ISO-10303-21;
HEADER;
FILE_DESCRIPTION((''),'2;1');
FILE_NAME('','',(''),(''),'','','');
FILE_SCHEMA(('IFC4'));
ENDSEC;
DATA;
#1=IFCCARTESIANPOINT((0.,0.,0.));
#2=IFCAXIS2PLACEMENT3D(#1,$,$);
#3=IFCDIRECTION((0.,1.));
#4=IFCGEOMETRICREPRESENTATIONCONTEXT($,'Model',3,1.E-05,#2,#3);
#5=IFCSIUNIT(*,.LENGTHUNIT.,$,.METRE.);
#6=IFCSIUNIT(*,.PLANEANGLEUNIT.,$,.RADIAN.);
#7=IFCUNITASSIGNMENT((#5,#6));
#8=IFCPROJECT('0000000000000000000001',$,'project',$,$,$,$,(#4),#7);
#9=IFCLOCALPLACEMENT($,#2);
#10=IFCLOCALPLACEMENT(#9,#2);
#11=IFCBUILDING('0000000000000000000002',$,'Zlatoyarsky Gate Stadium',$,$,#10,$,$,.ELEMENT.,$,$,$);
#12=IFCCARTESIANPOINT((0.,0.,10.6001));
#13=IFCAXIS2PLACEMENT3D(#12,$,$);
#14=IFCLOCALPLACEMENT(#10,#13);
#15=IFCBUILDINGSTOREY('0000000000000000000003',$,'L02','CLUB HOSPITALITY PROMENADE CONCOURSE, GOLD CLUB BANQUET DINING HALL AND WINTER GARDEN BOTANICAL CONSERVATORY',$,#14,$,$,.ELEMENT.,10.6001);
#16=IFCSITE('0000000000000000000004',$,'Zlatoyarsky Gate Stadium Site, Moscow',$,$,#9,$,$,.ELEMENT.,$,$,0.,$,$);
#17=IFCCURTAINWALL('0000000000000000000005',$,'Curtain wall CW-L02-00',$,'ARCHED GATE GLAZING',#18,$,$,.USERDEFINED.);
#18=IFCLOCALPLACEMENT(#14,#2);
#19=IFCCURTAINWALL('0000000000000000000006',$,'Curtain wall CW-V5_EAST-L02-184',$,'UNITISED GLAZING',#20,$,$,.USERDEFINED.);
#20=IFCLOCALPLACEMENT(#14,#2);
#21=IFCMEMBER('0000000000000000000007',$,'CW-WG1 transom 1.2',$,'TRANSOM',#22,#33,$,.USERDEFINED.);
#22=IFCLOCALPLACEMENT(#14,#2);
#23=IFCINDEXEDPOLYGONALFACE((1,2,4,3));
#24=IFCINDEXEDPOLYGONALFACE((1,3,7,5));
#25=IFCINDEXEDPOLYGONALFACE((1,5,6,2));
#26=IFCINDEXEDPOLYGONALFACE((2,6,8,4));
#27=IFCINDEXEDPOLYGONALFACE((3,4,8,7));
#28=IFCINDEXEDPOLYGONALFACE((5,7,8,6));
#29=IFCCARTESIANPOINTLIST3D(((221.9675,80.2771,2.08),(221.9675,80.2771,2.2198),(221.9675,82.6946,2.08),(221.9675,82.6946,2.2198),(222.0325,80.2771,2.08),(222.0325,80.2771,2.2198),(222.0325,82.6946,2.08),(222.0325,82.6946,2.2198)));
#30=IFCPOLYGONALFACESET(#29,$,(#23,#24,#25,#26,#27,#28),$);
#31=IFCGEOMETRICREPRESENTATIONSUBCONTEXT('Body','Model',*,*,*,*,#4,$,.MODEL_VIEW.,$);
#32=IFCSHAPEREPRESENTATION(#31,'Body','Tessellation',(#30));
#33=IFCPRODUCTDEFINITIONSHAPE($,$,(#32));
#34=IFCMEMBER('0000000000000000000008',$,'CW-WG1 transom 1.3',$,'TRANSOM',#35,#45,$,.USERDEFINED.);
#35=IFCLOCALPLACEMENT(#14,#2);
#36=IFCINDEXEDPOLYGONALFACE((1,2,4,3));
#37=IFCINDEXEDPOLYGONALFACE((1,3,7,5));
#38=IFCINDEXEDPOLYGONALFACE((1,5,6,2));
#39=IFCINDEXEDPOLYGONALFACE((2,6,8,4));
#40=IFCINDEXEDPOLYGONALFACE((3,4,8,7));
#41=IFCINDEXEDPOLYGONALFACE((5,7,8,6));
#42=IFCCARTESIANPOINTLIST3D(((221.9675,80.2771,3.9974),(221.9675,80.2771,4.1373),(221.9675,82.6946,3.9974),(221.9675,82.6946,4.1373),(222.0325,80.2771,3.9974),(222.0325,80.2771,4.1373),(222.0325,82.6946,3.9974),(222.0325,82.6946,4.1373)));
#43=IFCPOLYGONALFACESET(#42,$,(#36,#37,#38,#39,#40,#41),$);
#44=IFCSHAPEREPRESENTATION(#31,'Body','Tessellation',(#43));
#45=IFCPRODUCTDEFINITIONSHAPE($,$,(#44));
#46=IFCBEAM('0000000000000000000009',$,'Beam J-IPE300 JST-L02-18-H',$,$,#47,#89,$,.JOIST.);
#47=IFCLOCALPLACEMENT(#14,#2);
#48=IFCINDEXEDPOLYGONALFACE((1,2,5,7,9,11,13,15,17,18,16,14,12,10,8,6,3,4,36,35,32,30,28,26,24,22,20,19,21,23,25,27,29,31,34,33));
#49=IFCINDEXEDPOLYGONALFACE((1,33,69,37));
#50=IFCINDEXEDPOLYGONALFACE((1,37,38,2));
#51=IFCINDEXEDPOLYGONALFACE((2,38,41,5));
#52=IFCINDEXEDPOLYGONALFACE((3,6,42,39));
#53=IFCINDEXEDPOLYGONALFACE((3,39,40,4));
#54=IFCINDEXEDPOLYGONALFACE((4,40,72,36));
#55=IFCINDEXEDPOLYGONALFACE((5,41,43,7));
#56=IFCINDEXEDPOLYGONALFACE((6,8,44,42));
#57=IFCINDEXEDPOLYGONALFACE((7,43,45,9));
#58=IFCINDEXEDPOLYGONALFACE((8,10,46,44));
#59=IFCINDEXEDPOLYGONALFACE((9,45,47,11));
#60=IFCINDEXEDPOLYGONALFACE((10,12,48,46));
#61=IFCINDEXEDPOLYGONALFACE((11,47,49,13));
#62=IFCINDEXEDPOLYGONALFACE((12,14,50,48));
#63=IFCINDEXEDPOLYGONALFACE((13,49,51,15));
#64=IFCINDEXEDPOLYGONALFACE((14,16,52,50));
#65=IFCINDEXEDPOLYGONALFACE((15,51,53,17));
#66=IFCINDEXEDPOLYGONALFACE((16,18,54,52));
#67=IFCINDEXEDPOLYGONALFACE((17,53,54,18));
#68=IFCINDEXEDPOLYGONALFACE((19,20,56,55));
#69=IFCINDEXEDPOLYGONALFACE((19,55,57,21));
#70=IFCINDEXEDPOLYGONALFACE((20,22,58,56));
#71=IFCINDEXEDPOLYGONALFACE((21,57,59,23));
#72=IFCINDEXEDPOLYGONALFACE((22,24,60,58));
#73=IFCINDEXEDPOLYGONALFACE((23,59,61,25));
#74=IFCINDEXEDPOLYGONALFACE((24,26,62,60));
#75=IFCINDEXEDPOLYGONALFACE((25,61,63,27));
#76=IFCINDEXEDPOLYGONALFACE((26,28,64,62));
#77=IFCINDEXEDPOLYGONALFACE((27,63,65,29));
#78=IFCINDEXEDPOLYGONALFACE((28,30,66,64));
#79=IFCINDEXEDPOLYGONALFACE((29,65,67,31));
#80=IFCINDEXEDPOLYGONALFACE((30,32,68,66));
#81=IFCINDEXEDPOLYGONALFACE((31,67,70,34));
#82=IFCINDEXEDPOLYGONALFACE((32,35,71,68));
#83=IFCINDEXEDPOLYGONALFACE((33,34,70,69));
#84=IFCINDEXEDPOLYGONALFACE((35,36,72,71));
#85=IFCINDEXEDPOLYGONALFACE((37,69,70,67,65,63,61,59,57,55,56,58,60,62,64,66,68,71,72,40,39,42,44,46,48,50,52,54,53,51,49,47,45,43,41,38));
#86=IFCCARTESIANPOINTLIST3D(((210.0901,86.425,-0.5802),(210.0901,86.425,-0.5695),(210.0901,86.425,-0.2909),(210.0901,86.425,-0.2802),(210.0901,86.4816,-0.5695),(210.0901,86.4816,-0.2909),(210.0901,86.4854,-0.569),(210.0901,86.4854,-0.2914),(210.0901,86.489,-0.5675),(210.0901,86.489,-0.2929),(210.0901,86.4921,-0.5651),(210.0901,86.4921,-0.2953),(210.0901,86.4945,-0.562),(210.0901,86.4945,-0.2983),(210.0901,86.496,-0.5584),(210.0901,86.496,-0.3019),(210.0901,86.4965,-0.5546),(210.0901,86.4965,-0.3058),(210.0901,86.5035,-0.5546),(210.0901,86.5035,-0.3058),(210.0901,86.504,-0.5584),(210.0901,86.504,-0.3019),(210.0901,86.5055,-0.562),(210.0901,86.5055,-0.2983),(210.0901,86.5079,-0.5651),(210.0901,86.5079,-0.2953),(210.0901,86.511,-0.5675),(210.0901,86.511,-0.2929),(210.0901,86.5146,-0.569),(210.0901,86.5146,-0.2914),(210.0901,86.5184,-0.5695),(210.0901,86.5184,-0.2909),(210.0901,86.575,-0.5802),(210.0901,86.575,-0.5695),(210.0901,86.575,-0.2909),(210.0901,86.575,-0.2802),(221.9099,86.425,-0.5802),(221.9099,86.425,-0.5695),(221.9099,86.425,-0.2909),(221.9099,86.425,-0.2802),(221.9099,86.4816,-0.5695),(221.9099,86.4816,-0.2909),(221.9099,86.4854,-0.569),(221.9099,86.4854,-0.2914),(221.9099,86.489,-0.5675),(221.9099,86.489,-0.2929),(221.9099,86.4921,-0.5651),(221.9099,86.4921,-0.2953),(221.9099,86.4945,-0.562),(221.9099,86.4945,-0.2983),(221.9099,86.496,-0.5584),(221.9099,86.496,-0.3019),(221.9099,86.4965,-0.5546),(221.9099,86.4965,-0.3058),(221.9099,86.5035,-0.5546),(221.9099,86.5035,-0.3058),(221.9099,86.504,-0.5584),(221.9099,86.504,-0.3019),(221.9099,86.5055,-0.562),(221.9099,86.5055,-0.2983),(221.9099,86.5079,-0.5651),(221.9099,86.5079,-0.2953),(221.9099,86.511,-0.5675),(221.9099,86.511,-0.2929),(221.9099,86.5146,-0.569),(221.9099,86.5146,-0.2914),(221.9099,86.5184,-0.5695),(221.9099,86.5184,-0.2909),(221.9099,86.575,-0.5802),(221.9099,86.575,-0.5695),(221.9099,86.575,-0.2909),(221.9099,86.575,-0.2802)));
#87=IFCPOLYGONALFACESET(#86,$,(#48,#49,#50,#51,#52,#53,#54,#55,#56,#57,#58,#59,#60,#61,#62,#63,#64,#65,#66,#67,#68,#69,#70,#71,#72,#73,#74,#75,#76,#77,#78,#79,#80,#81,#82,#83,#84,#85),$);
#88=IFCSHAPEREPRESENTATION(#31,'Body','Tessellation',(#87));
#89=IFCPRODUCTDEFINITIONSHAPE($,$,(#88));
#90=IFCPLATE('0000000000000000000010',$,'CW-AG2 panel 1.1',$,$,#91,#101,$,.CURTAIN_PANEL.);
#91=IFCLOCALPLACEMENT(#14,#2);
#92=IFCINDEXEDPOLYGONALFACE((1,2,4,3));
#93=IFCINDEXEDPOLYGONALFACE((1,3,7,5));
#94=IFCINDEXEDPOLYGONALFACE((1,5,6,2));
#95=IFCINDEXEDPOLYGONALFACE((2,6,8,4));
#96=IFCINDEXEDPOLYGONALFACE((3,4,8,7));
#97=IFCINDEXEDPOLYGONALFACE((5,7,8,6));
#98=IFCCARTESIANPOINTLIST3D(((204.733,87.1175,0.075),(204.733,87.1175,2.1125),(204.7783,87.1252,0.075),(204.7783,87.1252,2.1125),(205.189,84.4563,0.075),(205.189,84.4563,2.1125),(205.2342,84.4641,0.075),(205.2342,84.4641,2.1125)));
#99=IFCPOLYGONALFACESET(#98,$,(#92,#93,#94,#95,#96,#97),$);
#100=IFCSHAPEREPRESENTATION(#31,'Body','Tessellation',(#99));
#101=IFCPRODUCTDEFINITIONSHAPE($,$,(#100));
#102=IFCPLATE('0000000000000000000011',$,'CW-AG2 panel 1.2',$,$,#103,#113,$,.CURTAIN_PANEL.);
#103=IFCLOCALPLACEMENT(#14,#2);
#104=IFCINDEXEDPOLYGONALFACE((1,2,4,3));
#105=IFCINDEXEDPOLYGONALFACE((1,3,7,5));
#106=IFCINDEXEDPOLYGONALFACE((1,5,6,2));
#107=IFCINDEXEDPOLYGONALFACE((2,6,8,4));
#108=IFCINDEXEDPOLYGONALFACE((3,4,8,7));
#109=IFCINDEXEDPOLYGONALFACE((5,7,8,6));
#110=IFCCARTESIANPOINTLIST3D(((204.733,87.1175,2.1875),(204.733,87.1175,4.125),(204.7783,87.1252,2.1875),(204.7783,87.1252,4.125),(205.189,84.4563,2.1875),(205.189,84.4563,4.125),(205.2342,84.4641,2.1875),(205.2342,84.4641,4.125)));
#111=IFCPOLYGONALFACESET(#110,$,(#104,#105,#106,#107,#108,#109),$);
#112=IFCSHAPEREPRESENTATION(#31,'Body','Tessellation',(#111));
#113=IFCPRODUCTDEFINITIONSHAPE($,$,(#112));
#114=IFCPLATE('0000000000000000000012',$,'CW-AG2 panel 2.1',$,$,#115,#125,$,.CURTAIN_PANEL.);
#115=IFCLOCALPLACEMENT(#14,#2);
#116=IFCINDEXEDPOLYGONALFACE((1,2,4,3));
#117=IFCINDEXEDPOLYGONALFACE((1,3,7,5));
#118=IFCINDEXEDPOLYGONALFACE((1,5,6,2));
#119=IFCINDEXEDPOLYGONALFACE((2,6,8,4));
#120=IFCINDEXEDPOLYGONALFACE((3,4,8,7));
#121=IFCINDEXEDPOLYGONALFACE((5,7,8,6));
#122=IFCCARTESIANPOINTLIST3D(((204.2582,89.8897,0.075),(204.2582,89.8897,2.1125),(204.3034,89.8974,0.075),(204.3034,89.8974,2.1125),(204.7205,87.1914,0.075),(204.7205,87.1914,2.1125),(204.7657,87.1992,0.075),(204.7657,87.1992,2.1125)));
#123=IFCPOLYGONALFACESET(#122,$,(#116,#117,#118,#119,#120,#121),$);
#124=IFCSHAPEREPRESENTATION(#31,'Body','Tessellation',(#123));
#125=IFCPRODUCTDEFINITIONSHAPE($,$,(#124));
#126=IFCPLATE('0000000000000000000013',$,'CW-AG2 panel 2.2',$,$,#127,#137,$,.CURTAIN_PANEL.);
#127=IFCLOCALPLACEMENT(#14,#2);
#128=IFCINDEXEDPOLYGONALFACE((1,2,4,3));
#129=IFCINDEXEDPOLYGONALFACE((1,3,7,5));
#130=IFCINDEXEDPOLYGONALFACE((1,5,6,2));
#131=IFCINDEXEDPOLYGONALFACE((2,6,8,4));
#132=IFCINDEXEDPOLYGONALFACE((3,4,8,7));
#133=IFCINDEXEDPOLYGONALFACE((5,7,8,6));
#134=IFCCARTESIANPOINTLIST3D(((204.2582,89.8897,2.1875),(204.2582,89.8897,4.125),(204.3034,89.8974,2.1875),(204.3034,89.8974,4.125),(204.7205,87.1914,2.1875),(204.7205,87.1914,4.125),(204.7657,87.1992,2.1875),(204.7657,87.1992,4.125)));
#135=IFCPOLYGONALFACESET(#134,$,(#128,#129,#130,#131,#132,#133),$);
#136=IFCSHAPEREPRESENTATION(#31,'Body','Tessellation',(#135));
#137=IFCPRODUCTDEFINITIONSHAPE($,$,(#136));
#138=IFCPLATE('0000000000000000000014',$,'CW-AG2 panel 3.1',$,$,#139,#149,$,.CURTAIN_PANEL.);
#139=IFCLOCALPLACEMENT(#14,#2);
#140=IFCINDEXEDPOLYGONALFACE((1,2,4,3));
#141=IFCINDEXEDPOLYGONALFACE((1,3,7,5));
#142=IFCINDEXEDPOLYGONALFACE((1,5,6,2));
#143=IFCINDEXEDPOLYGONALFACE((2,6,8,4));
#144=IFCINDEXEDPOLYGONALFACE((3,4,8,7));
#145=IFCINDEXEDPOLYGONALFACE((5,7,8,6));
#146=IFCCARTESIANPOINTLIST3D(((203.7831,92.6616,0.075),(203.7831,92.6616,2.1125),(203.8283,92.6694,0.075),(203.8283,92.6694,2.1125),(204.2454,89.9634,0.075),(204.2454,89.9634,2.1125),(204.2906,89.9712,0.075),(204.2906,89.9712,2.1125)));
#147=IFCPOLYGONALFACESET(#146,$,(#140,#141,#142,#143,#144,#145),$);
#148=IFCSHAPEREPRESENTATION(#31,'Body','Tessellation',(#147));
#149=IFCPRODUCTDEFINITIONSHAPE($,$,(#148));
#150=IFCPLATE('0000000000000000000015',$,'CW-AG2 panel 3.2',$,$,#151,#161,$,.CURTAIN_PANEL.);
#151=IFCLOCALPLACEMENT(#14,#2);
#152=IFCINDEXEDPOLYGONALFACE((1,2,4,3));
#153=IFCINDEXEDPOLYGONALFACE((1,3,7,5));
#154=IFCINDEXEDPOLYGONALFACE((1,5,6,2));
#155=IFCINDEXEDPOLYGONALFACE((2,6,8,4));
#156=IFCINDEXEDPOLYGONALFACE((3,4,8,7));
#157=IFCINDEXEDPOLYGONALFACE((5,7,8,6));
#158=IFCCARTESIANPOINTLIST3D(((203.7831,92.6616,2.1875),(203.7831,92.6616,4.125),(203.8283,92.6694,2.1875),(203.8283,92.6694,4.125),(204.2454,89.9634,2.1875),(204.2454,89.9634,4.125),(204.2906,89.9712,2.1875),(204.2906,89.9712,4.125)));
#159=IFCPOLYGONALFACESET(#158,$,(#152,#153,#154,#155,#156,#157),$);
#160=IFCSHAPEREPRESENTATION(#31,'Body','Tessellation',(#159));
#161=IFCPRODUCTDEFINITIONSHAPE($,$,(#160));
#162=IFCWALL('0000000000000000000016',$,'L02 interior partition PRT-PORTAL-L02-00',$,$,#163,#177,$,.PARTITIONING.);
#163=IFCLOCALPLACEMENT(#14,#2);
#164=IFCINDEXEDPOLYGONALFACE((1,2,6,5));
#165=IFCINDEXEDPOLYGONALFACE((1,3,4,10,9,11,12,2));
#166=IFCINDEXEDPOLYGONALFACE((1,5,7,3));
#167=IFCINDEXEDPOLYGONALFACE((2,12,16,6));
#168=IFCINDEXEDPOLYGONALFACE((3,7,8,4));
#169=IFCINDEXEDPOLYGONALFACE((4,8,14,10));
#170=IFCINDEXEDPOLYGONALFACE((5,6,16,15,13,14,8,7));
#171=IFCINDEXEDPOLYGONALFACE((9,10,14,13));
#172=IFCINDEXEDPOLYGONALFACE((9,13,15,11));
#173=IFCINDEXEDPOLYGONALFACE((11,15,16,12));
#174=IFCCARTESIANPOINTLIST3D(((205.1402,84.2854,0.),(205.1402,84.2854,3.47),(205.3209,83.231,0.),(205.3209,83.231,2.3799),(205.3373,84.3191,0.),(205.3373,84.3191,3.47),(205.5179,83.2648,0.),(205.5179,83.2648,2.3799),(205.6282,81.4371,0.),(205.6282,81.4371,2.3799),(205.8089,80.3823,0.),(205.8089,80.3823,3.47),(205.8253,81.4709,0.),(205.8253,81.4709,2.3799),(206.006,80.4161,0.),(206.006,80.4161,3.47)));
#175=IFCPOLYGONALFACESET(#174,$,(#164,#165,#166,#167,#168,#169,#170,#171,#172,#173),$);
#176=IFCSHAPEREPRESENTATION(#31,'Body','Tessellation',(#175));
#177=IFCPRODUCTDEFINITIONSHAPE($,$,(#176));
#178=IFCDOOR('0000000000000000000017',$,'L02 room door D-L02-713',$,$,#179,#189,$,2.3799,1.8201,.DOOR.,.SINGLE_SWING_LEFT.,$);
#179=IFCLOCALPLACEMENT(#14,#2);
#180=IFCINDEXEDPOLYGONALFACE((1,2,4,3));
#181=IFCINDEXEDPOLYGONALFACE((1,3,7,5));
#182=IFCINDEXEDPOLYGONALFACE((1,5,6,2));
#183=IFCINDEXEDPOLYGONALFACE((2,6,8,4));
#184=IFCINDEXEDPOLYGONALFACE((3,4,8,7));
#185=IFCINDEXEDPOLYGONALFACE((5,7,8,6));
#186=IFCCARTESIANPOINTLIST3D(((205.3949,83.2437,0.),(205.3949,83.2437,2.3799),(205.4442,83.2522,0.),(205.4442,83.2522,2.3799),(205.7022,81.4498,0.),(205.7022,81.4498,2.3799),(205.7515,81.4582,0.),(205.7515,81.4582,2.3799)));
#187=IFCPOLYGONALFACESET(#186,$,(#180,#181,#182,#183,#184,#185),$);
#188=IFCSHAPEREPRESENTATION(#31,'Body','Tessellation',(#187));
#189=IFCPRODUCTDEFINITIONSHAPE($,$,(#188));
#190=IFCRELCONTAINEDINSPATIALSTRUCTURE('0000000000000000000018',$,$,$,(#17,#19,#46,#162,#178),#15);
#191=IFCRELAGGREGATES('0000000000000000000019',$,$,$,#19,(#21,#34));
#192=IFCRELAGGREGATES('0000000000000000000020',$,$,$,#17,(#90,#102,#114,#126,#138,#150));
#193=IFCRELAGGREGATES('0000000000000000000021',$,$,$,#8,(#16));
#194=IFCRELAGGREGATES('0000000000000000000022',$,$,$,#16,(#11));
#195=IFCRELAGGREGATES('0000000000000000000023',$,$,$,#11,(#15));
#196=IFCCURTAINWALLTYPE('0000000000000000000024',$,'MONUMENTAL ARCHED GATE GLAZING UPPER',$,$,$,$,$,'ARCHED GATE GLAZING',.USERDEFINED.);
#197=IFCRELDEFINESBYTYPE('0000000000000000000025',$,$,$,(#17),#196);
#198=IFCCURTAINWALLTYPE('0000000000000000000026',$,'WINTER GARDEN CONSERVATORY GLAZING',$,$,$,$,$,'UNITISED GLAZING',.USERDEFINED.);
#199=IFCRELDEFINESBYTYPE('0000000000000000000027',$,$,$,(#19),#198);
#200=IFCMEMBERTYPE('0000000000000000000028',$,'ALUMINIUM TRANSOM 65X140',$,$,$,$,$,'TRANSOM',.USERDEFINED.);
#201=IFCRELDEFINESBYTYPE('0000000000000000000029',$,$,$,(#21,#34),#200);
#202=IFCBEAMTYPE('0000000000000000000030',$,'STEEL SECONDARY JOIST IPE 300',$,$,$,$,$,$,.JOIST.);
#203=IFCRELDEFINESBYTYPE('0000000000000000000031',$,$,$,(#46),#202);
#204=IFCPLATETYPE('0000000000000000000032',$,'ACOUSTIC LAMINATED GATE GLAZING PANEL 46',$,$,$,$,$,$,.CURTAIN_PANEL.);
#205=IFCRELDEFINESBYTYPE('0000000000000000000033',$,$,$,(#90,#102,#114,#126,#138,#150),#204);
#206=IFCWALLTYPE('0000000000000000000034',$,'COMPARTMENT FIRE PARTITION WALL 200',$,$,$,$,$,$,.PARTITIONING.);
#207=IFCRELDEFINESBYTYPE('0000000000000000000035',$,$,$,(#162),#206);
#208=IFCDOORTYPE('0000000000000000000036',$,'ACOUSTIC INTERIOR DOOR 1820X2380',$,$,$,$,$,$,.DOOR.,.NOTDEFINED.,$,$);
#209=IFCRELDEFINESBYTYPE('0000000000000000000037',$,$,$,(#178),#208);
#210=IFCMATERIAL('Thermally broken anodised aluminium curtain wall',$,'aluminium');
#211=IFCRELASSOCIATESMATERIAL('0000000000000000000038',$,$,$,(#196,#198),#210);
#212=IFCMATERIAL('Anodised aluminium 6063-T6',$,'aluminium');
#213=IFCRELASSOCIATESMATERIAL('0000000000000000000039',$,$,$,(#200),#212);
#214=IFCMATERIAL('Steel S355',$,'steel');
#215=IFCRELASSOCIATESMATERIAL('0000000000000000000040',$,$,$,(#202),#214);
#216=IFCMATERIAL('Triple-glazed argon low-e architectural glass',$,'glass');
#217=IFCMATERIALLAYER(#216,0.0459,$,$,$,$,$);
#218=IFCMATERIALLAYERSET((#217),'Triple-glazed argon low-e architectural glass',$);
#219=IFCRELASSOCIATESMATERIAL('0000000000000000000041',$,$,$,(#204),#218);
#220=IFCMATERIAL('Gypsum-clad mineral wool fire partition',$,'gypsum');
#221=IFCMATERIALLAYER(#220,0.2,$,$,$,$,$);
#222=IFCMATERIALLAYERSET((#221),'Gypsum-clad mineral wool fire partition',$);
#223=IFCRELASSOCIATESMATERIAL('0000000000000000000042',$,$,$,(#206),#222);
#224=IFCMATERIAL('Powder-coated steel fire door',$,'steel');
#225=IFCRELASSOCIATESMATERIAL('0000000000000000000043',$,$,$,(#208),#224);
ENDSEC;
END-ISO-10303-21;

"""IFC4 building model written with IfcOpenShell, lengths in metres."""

from ifc_helpers import new_model, si_unit, direction, frame, frame_2d, origin, origin_2d, place, context, subcontext, project, spatial, rectangle, i_section, extrude, material, layer, layer_set, material_profile, profile_set, type_object, element, fill, aggregate, save


model = new_model("IFC4")

# Units and contexts
model_context = context("Model", 3, precision=1e-05, world=origin(), true_north=direction((0.0, 1.0)))
body_context = subcontext(model_context, "Body", "Model", "MODEL_VIEW")
ifc_project = project(units=[si_unit("LENGTHUNIT", "METRE"), si_unit("PLANEANGLEUNIT", "RADIAN")], contexts=[model_context])

# Site, building, storey
site_placement = place(None, origin())
site = spatial("IfcSite", under=ifc_project, at=site_placement, Name="Zlatoyarsky Gate Stadium Site, Moscow", CompositionType="ELEMENT", RefElevation=0.0)
building_placement = place(site_placement, origin())
building = spatial("IfcBuilding", under=site, at=building_placement, Name="Zlatoyarsky Gate Stadium", CompositionType="ELEMENT")
storey_placement = place(building_placement, frame((0.0, 0.0, 10.6001)))
storey = spatial("IfcBuildingStorey", under=building, at=storey_placement, Name="L02", Description="CLUB HOSPITALITY PROMENADE CONCOURSE, GOLD CLUB BANQUET DINING HALL AND WINTER GARDEN BOTANICAL CONSERVATORY", CompositionType="ELEMENT", Elevation=10.6001)

# Curtain walls, members
ifc_material_1 = material(Name="Thermally broken anodised aluminium curtain wall", Category="aluminium")
curtain_wall_type_1 = type_object("IfcCurtainWallType", Name="MONUMENTAL ARCHED GATE GLAZING UPPER", ElementType="ARCHED GATE GLAZING", PredefinedType="USERDEFINED", material=ifc_material_1)
curtain_wall_1_placement = place(storey_placement, origin())
curtain_wall_1 = element("IfcCurtainWall", 1, at=curtain_wall_1_placement, inside=storey, type_object=curtain_wall_type_1, Name="Curtain wall CW-L02-00", ObjectType="ARCHED GATE GLAZING", PredefinedType="USERDEFINED")
ifc_material_2 = material(Name="Anodised aluminium 6063-T6", Category="aluminium")
curtain_wall_type_2 = type_object("IfcCurtainWallType", Name="WINTER GARDEN CONSERVATORY GLAZING", ElementType="UNITISED GLAZING", PredefinedType="USERDEFINED", material=ifc_material_1)
curtain_wall_2_placement = place(storey_placement, origin())
curtain_wall_2 = element("IfcCurtainWall", 2, at=curtain_wall_2_placement, inside=storey, type_object=curtain_wall_type_2, Name="Curtain wall CW-V5_EAST-L02-184", ObjectType="UNITISED GLAZING", PredefinedType="USERDEFINED")
ifc_material_profile_1 = material_profile(ifc_material_2, rectangle(XDim=0.0649, YDim=0.1399, at=origin_2d()), Name="ALU 65X140")
ifc_profile_set_1 = profile_set([ifc_material_profile_1], Name="Anodised aluminium 6063-T6")
member_type_1 = type_object("IfcMemberType", Name="ALUMINIUM TRANSOM 65X140", ElementType="TRANSOM", PredefinedType="USERDEFINED", material=ifc_profile_set_1)
member_1_placement = place(storey_placement, frame((222.0, 80.2771, 2.1499), z_axis=(0.0, 1.0, 0.0), x_axis=(-1.0, 0.0, 0.0)))
member_1 = element("IfcMember", 3, at=member_1_placement, type_object=member_type_1, Name="CW-WG1 transom 1.2", ObjectType="TRANSOM", PredefinedType="USERDEFINED", context=body_context, shape_type="SweptSolid", body=[
    extrude(rectangle(XDim=0.0649, YDim=0.1399, at=origin_2d()), origin(), (0.0, 0.0, 1.0), 2.4175),
])
member_2_placement = place(storey_placement, frame((222.0, 80.2771, 4.0674), z_axis=(0.0, 1.0, 0.0), x_axis=(-1.0, 0.0, 0.0)))
member_2 = element("IfcMember", 4, at=member_2_placement, type_object=member_type_1, Name="CW-WG1 transom 1.3", ObjectType="TRANSOM", PredefinedType="USERDEFINED", context=body_context, shape_type="SweptSolid", body=[
    extrude(rectangle(XDim=0.0649, YDim=0.1399, at=origin_2d()), origin(), (0.0, 0.0, 1.0), 2.4175),
])
aggregate(curtain_wall_2, [member_1, member_2])

# Beam
ifc_material_3 = material(Name="Steel S355", Category="steel")
ifc_material_profile_2 = material_profile(ifc_material_3, i_section(OverallWidth=0.1499, OverallDepth=0.3, WebThickness=0.0071, FlangeThickness=0.0107, FilletRadius=0.0149, at=origin_2d()), Name="IPE 300")
ifc_profile_set_2 = profile_set([ifc_material_profile_2], Name="Steel S355")
beam_type = type_object("IfcBeamType", Name="STEEL SECONDARY JOIST IPE 300", PredefinedType="JOIST", material=ifc_profile_set_2)
beam_placement = place(storey_placement, frame((210.0901, 86.5, -0.4302), z_axis=(1.0, 0.0, 0.0), x_axis=(0.0, 1.0, 0.0)))
element("IfcBeam", 5, at=beam_placement, inside=storey, type_object=beam_type, Name="Beam J-IPE300 JST-L02-18-H", PredefinedType="JOIST", context=body_context, shape_type="SweptSolid", body=[
    extrude(i_section(OverallWidth=0.1499, OverallDepth=0.3, WebThickness=0.0071, FlangeThickness=0.0107, FilletRadius=0.0149, at=origin_2d()), origin(), (0.0, 0.0, 1.0), 11.8198),
])

# Plates
ifc_material_4 = material(Name="Triple-glazed argon low-e architectural glass", Category="glass")
ifc_layer_1 = layer(ifc_material_4, 0.0459)
ifc_layer_set_1 = layer_set([ifc_layer_1], Name="Triple-glazed argon low-e architectural glass")
plate_type = type_object("IfcPlateType", Name="ACOUSTIC LAMINATED GATE GLAZING PANEL 46", PredefinedType="CURTAIN_PANEL", material=ifc_layer_set_1)
plate_1_placement = place(storey_placement, frame((204.9836, 85.7908, 0.075), z_axis=(0.0, 0.0, 1.0), x_axis=(-0.168878, 0.985637, 0.0)))
plate_1 = element("IfcPlate", 6, at=plate_1_placement, type_object=plate_type, Name="CW-AG2 panel 1.1", PredefinedType="CURTAIN_PANEL", context=body_context, shape_type="SweptSolid", body=[
    extrude(rectangle(XDim=2.7, YDim=0.0459, at=origin_2d()), origin(), (0.0, 0.0, 1.0), 2.0376),
])
plate_2_placement = place(storey_placement, frame((204.9836, 85.7908, 2.1875), z_axis=(0.0, 0.0, 1.0), x_axis=(-0.168878, 0.985637, 0.0)))
plate_2 = element("IfcPlate", 7, at=plate_2_placement, type_object=plate_type, Name="CW-AG2 panel 1.2", PredefinedType="CURTAIN_PANEL", context=body_context, shape_type="SweptSolid", body=[
    extrude(rectangle(XDim=2.7, YDim=0.0459, at=origin_2d()), origin(), (0.0, 0.0, 1.0), 1.9375),
])
plate_3_placement = place(storey_placement, frame((204.512, 88.5444, 0.075), z_axis=(0.0, 0.0, 1.0), x_axis=(-0.168878, 0.985637, 0.0)))
plate_3 = element("IfcPlate", 8, at=plate_3_placement, type_object=plate_type, Name="CW-AG2 panel 2.1", PredefinedType="CURTAIN_PANEL", context=body_context, shape_type="SweptSolid", body=[
    extrude(rectangle(XDim=2.7375, YDim=0.0459, at=origin_2d()), origin(), (0.0, 0.0, 1.0), 2.0376),
])
plate_4_placement = place(storey_placement, frame((204.512, 88.5444, 2.1875), z_axis=(0.0, 0.0, 1.0), x_axis=(-0.168878, 0.985637, 0.0)))
plate_4 = element("IfcPlate", 9, at=plate_4_placement, type_object=plate_type, Name="CW-AG2 panel 2.2", PredefinedType="CURTAIN_PANEL", context=body_context, shape_type="SweptSolid", body=[
    extrude(rectangle(XDim=2.7375, YDim=0.0459, at=origin_2d()), origin(), (0.0, 0.0, 1.0), 1.9375),
])
plate_5_placement = place(storey_placement, frame((204.0369, 91.3164, 0.075), z_axis=(0.0, 0.0, 1.0), x_axis=(-0.168878, 0.985637, 0.0)))
plate_5 = element("IfcPlate", 10, at=plate_5_placement, type_object=plate_type, Name="CW-AG2 panel 3.1", PredefinedType="CURTAIN_PANEL", context=body_context, shape_type="SweptSolid", body=[
    extrude(rectangle(XDim=2.7375, YDim=0.0459, at=origin_2d()), origin(), (0.0, 0.0, 1.0), 2.0376),
])
plate_6_placement = place(storey_placement, frame((204.0369, 91.3164, 2.1875), z_axis=(0.0, 0.0, 1.0), x_axis=(-0.168878, 0.985637, 0.0)))
plate_6 = element("IfcPlate", 11, at=plate_6_placement, type_object=plate_type, Name="CW-AG2 panel 3.2", PredefinedType="CURTAIN_PANEL", context=body_context, shape_type="SweptSolid", body=[
    extrude(rectangle(XDim=2.7375, YDim=0.0459, at=origin_2d()), origin(), (0.0, 0.0, 1.0), 1.9375),
])
aggregate(curtain_wall_1, [plate_1, plate_2, plate_3, plate_4, plate_5, plate_6])

# Wall, opening, door
ifc_material_5 = material(Name="Gypsum-clad mineral wool fire partition", Category="gypsum")
ifc_layer_2 = layer(ifc_material_5, 0.2)
ifc_layer_set_2 = layer_set([ifc_layer_2], Name="Gypsum-clad mineral wool fire partition")
wall_type = type_object("IfcWallType", Name="COMPARTMENT FIRE PARTITION WALL 200", PredefinedType="PARTITIONING", material=ifc_layer_set_2)
wall_placement = place(storey_placement, frame((205.9075, 80.3992, 0.0), z_axis=(0.0, 0.0, 1.0), x_axis=(-0.168866, 0.985639, 0.0)))
wall = element("IfcWall", 12, at=wall_placement, inside=storey, type_object=wall_type, Name="L02 interior partition PRT-PORTAL-L02-00", PredefinedType="PARTITIONING", context=body_context, shape_type="SweptSolid", body=[
    extrude(rectangle(XDim=3.96, YDim=0.2, at=frame_2d((1.98, 0.0))), origin(), (0.0, 0.0, 1.0), 3.47),
])
opening_placement = place(wall_placement, frame((1.0701, 0.0, 0.0)))
opening = element("IfcOpeningElement", 13, at=opening_placement, cuts=wall, PredefinedType="OPENING", context=body_context, shape_type="SweptSolid", body=[
    extrude(rectangle(XDim=1.8201, YDim=2.3799, at=frame_2d((0.9102, 1.1899))), frame((0.0, 0.1099, 0.0), z_axis=(0.0, -1.0, 0.0), x_axis=(1.0, 0.0, 0.0)), (0.0, 0.0, 1.0), 0.22),
])
ifc_material_6 = material(Name="Powder-coated steel fire door", Category="steel")
door_type = type_object("IfcDoorType", Name="ACOUSTIC INTERIOR DOOR 1820X2380", OperationType="NOTDEFINED", PredefinedType="DOOR", material=ifc_material_6)
door_placement = place(opening_placement, origin())
door = element("IfcDoor", 14, at=door_placement, inside=storey, type_object=door_type, Name="L02 room door D-L02-713", OperationType="SINGLE_SWING_LEFT", OverallHeight=2.3799, OverallWidth=1.8201, PredefinedType="DOOR", context=body_context, shape_type="SweptSolid", body=[
    extrude(rectangle(XDim=1.8201, YDim=2.3799, at=frame_2d((0.9102, 1.1899))), frame((0.0, 0.0249, 0.0), z_axis=(0.0, -1.0, 0.0), x_axis=(1.0, 0.0, 0.0)), (0.0, 0.0, 1.0), 0.05),
])
fill(opening, door)

save(model, "model.ifc")
